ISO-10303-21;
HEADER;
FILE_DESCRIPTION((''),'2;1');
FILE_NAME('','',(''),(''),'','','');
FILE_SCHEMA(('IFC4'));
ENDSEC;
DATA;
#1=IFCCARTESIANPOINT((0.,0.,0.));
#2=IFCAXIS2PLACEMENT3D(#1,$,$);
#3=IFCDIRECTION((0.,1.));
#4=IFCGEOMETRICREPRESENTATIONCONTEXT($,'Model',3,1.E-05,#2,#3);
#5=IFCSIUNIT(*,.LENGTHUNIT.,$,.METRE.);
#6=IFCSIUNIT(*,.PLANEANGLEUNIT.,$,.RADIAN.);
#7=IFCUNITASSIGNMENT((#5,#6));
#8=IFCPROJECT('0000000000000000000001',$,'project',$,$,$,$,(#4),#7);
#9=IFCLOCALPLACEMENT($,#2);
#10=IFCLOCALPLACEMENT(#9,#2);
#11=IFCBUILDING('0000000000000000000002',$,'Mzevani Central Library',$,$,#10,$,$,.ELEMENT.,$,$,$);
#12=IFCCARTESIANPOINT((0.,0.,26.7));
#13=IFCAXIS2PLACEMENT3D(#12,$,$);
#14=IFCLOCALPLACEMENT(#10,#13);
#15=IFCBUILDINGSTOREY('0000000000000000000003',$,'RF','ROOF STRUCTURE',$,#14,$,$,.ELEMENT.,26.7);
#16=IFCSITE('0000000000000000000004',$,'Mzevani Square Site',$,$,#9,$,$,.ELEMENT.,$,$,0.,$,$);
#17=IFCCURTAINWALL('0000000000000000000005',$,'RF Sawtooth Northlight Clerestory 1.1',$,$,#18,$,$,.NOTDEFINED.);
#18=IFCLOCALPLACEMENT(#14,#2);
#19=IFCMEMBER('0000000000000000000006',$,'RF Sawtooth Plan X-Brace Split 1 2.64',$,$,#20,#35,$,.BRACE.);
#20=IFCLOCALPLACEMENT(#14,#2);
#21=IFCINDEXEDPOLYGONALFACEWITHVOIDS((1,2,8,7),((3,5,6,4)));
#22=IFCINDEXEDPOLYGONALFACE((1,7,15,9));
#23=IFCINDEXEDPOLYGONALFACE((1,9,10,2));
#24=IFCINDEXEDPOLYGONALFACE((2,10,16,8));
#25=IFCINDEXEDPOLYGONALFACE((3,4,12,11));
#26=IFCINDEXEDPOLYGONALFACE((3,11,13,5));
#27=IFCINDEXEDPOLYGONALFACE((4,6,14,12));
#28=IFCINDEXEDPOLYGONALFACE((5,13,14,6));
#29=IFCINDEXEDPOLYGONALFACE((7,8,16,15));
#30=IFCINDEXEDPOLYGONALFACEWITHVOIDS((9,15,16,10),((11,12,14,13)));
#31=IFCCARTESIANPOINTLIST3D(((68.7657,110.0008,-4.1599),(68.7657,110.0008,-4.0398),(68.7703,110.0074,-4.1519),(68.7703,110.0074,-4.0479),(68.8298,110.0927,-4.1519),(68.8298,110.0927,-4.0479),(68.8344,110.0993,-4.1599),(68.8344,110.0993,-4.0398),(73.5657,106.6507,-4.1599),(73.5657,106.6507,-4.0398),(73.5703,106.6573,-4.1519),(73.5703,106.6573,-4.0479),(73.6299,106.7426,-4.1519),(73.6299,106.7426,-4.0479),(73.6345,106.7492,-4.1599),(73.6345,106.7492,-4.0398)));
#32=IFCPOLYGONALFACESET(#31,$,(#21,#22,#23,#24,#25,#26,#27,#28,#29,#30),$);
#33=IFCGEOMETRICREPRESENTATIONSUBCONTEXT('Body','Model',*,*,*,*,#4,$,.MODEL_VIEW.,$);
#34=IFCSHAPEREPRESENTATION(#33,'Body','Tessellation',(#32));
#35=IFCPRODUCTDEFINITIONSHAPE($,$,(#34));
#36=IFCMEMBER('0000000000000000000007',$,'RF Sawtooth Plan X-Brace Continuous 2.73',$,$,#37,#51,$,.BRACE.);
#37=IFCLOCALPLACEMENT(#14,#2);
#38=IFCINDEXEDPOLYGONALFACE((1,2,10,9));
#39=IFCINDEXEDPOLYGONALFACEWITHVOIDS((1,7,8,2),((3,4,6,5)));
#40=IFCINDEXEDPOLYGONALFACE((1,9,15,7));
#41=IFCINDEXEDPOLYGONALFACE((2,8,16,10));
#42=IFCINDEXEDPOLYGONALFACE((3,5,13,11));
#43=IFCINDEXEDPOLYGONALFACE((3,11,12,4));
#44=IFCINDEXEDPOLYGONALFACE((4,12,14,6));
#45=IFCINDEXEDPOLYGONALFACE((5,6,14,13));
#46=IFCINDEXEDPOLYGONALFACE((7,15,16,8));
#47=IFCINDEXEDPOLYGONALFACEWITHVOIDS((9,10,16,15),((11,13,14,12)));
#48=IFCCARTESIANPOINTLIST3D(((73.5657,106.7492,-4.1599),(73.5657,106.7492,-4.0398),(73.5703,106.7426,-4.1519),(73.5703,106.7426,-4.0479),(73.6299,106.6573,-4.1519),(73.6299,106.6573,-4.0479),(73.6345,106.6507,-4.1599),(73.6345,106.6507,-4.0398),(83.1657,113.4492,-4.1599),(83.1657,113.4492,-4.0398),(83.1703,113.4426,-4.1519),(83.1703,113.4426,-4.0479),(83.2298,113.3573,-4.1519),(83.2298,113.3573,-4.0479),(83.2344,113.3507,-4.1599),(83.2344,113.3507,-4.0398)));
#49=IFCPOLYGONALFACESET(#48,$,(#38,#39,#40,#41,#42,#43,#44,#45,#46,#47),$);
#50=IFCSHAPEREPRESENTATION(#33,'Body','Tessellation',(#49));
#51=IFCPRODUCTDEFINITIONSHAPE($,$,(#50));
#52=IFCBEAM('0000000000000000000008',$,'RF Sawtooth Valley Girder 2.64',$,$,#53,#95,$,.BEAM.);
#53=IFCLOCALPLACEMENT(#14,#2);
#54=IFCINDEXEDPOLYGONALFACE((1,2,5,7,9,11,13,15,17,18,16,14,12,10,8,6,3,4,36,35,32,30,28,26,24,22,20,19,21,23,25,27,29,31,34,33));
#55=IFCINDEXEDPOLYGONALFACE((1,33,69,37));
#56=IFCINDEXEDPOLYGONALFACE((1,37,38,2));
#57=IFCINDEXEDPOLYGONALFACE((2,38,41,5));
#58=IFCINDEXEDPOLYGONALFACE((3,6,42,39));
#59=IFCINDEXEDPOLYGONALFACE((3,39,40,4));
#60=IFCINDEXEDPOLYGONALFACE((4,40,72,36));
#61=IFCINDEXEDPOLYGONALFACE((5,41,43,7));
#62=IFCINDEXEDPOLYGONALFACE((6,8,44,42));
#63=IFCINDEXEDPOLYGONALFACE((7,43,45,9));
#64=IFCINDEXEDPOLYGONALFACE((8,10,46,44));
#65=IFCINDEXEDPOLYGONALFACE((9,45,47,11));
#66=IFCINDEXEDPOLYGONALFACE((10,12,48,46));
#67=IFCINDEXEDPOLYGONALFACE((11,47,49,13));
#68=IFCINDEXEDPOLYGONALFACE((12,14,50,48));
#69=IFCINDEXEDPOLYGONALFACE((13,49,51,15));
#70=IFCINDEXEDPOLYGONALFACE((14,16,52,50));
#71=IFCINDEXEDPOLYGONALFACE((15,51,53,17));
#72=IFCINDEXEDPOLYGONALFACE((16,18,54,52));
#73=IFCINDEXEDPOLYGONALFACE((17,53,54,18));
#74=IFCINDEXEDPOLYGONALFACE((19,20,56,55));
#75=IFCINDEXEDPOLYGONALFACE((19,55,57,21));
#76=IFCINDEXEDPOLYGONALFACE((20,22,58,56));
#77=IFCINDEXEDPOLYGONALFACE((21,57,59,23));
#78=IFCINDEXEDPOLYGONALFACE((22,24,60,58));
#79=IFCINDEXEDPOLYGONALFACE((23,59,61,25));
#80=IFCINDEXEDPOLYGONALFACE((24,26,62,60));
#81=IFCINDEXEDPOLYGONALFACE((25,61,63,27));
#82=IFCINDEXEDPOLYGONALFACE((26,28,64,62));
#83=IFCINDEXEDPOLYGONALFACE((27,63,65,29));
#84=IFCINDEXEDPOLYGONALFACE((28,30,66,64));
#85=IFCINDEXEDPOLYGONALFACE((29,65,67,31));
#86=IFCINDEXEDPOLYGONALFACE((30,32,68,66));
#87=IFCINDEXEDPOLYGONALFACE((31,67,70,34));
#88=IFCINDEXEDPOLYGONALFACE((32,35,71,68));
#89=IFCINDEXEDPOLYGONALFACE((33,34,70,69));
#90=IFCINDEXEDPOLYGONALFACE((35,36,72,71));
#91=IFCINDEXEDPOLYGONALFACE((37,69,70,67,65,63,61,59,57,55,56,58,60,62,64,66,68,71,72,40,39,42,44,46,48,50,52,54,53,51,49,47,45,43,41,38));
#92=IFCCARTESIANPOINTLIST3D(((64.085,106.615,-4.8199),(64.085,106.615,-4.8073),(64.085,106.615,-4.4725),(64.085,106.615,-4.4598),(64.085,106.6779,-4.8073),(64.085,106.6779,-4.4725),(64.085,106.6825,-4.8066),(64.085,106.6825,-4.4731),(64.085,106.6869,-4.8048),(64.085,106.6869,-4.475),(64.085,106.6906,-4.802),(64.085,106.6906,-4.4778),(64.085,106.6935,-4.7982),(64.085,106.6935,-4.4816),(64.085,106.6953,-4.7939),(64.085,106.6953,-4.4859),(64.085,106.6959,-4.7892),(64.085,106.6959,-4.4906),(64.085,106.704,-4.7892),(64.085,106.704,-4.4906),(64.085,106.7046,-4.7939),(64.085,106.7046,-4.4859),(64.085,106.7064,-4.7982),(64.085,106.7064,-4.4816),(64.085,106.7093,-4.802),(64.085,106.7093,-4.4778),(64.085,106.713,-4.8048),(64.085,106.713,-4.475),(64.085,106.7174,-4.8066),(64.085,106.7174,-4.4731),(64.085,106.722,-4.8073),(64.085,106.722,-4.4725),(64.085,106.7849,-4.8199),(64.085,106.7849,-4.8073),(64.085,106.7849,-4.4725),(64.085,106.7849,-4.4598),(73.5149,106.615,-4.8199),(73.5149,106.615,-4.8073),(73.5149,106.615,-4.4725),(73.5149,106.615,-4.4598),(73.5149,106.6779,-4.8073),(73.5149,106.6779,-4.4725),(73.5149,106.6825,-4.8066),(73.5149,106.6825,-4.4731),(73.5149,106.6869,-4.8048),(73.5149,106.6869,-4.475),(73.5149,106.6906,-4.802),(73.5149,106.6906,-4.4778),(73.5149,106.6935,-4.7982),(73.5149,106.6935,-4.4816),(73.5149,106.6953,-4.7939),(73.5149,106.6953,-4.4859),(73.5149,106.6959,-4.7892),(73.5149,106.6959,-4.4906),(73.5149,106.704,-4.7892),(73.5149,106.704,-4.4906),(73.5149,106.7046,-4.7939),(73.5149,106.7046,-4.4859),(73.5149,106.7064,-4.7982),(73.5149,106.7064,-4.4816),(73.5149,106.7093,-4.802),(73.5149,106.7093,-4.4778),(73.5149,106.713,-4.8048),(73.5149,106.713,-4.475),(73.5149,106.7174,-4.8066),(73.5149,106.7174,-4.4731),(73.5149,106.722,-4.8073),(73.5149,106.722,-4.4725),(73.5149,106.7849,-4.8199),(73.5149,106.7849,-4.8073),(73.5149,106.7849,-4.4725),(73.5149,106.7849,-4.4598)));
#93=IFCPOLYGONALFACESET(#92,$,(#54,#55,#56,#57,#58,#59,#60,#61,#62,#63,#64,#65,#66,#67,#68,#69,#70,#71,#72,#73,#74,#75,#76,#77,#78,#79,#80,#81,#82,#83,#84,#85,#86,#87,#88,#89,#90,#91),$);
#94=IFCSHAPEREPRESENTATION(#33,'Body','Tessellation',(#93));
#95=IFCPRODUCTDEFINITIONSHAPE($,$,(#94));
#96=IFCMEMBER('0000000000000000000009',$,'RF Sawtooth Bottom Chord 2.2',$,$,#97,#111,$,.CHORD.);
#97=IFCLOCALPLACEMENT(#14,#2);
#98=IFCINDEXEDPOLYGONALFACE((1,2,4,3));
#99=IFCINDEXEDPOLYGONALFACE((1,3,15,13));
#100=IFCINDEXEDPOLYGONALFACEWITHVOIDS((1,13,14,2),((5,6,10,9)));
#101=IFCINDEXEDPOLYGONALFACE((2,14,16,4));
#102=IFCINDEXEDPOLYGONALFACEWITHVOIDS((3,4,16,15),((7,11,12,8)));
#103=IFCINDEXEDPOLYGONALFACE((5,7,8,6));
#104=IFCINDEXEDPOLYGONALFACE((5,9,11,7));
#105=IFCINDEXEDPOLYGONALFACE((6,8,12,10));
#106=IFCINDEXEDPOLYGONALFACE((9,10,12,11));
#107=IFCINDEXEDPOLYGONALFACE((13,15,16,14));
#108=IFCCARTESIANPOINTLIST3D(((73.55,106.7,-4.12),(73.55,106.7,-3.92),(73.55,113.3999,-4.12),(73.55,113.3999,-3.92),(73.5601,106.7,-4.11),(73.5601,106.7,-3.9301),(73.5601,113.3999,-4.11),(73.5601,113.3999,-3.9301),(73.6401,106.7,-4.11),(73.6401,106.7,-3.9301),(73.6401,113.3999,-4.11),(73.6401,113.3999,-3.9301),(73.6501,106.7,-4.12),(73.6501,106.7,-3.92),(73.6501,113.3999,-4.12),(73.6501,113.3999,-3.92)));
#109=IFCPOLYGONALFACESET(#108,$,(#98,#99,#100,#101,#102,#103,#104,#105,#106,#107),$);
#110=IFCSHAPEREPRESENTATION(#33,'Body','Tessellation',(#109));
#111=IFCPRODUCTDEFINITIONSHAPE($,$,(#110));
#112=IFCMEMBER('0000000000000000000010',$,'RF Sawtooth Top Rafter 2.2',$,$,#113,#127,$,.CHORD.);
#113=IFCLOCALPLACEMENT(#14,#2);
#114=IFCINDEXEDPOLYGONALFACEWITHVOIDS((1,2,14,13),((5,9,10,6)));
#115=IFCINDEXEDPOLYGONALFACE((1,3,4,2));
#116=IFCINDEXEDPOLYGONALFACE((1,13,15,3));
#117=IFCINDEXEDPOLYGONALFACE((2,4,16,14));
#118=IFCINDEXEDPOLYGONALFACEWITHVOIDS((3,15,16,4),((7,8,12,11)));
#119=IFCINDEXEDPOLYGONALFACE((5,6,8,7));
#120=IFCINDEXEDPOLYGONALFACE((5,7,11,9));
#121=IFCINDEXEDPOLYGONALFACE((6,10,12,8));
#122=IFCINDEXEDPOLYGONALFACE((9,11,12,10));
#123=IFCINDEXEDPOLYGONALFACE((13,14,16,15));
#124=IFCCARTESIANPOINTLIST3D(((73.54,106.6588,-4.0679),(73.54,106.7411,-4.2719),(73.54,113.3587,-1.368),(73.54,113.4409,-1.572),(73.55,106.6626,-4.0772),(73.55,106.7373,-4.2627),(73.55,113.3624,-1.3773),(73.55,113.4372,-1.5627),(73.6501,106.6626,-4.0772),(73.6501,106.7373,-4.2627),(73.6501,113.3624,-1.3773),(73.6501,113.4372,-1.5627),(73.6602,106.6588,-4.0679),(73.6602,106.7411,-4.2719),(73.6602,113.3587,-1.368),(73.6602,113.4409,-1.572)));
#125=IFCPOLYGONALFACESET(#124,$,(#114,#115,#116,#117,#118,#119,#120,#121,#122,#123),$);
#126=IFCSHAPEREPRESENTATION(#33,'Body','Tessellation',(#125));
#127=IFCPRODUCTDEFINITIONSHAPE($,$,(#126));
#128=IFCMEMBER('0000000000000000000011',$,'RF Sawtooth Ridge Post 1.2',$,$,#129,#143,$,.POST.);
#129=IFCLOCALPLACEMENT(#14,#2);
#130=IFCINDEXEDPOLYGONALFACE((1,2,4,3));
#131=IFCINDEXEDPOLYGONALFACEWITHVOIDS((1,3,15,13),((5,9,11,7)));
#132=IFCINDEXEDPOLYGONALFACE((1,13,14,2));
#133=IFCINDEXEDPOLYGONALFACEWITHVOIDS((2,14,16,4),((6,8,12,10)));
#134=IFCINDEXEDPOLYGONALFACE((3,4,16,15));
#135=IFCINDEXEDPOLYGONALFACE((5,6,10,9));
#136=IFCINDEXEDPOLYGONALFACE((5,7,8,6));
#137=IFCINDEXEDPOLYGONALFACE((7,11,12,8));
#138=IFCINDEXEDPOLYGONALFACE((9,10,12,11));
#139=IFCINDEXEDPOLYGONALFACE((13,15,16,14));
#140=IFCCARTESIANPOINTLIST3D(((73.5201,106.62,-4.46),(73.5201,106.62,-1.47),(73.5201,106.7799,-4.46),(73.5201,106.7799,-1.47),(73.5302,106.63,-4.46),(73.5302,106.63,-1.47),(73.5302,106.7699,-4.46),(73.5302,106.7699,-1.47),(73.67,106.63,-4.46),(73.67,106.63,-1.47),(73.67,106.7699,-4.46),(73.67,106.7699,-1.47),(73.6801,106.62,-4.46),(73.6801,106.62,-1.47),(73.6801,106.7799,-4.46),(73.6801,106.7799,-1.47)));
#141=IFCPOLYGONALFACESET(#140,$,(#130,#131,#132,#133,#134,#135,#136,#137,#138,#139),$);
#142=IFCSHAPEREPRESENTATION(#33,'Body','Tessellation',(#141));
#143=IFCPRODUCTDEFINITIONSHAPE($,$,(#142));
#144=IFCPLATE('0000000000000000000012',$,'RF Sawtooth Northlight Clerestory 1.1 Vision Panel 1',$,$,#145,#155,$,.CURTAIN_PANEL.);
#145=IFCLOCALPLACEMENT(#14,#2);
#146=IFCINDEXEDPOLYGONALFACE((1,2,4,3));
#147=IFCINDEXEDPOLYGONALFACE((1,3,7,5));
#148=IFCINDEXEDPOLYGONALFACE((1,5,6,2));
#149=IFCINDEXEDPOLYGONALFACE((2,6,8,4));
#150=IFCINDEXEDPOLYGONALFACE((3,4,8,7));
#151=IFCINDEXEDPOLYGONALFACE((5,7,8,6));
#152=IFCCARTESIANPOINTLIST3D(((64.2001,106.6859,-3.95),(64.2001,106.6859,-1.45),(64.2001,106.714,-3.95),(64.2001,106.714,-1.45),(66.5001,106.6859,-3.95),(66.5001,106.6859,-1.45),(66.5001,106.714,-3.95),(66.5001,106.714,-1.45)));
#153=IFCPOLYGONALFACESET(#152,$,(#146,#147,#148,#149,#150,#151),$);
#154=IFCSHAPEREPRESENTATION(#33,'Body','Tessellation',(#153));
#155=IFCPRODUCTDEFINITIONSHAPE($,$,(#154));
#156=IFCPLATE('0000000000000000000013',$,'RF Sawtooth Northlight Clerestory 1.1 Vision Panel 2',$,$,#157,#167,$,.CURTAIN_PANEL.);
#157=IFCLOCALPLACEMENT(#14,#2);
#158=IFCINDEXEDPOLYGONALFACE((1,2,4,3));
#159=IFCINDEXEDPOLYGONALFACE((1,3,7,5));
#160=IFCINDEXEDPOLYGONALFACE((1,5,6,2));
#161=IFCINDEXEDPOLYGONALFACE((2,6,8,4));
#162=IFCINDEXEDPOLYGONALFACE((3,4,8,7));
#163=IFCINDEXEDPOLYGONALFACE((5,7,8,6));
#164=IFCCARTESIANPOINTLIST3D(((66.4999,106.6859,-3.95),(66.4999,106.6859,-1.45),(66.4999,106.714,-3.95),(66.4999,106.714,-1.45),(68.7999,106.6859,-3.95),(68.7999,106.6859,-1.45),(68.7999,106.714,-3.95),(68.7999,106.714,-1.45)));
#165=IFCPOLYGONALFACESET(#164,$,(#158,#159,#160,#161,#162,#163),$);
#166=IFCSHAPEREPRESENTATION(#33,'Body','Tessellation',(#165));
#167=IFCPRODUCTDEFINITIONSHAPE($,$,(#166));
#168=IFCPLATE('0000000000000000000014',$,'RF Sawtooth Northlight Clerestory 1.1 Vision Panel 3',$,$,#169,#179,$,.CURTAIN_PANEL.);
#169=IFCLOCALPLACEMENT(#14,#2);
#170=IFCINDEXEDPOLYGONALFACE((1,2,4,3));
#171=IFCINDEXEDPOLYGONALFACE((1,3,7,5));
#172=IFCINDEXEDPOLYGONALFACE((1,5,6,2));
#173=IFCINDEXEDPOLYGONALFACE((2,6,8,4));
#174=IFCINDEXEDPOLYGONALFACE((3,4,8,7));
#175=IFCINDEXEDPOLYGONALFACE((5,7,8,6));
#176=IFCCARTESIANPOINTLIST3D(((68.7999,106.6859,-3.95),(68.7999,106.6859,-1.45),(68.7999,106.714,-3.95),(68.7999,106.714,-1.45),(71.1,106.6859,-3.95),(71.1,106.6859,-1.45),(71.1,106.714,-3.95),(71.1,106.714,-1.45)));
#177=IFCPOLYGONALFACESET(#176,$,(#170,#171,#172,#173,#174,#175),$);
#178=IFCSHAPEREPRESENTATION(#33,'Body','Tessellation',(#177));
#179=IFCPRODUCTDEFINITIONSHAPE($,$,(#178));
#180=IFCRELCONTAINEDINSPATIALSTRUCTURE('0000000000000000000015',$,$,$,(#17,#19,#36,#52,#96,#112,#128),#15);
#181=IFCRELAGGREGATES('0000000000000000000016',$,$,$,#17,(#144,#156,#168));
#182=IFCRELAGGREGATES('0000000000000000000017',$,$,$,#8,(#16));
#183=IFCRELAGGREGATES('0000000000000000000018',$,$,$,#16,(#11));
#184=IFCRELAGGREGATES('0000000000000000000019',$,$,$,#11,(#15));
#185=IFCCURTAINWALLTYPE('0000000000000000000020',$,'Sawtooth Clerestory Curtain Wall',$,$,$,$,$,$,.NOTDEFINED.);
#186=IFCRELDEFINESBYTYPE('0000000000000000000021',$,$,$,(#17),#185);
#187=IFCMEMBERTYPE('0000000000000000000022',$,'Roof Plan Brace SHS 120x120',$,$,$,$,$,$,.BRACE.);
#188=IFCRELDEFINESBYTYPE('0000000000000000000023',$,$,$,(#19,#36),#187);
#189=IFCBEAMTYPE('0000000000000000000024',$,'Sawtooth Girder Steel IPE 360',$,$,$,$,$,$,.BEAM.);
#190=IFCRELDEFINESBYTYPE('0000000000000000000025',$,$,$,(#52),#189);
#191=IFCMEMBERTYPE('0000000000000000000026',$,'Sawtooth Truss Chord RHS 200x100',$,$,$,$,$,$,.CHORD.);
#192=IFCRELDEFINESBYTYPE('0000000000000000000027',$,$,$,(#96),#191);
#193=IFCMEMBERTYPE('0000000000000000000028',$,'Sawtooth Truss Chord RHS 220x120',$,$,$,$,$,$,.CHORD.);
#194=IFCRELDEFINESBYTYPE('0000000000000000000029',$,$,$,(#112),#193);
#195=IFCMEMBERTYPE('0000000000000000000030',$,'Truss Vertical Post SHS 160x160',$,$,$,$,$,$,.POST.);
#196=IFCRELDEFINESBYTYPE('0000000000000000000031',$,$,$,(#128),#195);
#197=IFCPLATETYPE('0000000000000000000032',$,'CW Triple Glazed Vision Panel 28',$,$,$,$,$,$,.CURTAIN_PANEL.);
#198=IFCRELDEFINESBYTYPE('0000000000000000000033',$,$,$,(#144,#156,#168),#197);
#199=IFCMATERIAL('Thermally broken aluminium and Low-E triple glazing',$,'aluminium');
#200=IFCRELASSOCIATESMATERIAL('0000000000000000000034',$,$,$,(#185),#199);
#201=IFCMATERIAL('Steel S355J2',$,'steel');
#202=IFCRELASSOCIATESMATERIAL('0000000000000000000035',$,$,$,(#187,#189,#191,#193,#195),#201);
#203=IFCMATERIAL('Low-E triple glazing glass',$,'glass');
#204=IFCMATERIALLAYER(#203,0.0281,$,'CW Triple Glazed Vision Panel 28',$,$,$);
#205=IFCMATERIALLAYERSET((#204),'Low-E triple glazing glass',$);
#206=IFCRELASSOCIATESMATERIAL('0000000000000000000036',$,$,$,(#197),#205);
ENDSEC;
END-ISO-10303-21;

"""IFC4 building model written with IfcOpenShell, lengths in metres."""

from ifc_helpers import new_model, si_unit, direction, frame, origin, origin_2d, place, context, subcontext, project, spatial, rectangle, hollow_rectangle, i_section, extrude, material, layer, layer_set, material_profile, profile_set, type_object, element, aggregate, save


model = new_model("IFC4")

# Units and contexts
model_context = context("Model", 3, precision=1e-05, world=origin(), true_north=direction((0.0, 1.0)))
body_context = subcontext(model_context, "Body", "Model", "MODEL_VIEW")
ifc_project = project(units=[si_unit("LENGTHUNIT", "METRE"), si_unit("PLANEANGLEUNIT", "RADIAN")], contexts=[model_context])

# Site, building, storey
site_placement = place(None, origin())
site = spatial("IfcSite", under=ifc_project, at=site_placement, Name="Mzevani Square Site", CompositionType="ELEMENT", RefElevation=0.0)
building_placement = place(site_placement, origin())
building = spatial("IfcBuilding", under=site, at=building_placement, Name="Mzevani Central Library", CompositionType="ELEMENT")
storey_placement = place(building_placement, frame((0.0, 0.0, 26.7)))
storey = spatial("IfcBuildingStorey", under=building, at=storey_placement, Name="RF", Description="ROOF STRUCTURE", CompositionType="ELEMENT", Elevation=26.7)

# Curtain wall
ifc_material_1 = material(Name="Thermally broken aluminium and Low-E triple glazing", Category="aluminium")
curtain_wall_type = type_object("IfcCurtainWallType", Name="Sawtooth Clerestory Curtain Wall", PredefinedType="NOTDEFINED", material=ifc_material_1)
curtain_wall_placement = place(storey_placement, origin())
curtain_wall = element("IfcCurtainWall", 1, at=curtain_wall_placement, inside=storey, type_object=curtain_wall_type, Name="RF Sawtooth Northlight Clerestory 1.1", PredefinedType="NOTDEFINED")

# Members
ifc_material_2 = material(Name="Steel S355J2", Category="steel")
ifc_material_profile_1 = material_profile(ifc_material_2, hollow_rectangle(XDim=0.1201, YDim=0.1201, WallThickness=0.0081, at=origin_2d()), Name="SHS 120x120x8.0")
ifc_profile_set_1 = profile_set([ifc_material_profile_1], Name="Steel S355J2")
member_type_1 = type_object("IfcMemberType", Name="Roof Plan Brace SHS 120x120", PredefinedType="BRACE", material=ifc_profile_set_1)
member_1_placement = place(storey_placement, frame((73.6001, 106.7, -4.0999), z_axis=(-0.820029, 0.572323, 0.0), x_axis=(-0.572323, -0.820029, 0.0)))
element("IfcMember", 2, at=member_1_placement, inside=storey, type_object=member_type_1, Name="RF Sawtooth Plan X-Brace Split 1 2.64", PredefinedType="BRACE", context=body_context, shape_type="SweptSolid", body=[
    extrude(hollow_rectangle(XDim=0.1201, YDim=0.1201, WallThickness=0.0081, at=origin_2d()), origin(), (0.0, 0.0, 1.0), 5.8535),
])
member_2_placement = place(storey_placement, frame((73.6001, 106.7, -4.0999), z_axis=(0.820032, 0.572318, 0.0), x_axis=(-0.572318, 0.820032, 0.0)))
element("IfcMember", 3, at=member_2_placement, inside=storey, type_object=member_type_1, Name="RF Sawtooth Plan X-Brace Continuous 2.73", PredefinedType="BRACE", context=body_context, shape_type="SweptSolid", body=[
    extrude(hollow_rectangle(XDim=0.1201, YDim=0.1201, WallThickness=0.0081, at=origin_2d()), origin(), (0.0, 0.0, 1.0), 11.7068),
])

# Beam
ifc_material_profile_2 = material_profile(ifc_material_2, i_section(OverallWidth=0.1699, OverallDepth=0.3601, WebThickness=0.0081, FlangeThickness=0.0127, FilletRadius=0.0181, at=origin_2d()), Name="IPE 360")
ifc_profile_set_2 = profile_set([ifc_material_profile_2], Name="Steel S355J2")
beam_type = type_object("IfcBeamType", Name="Sawtooth Girder Steel IPE 360", PredefinedType="BEAM", material=ifc_profile_set_2)
beam_placement = place(storey_placement, frame((64.085, 106.7, -4.6399), z_axis=(1.0, 0.0, 0.0), x_axis=(0.0, 1.0, 0.0)))
element("IfcBeam", 4, at=beam_placement, inside=storey, type_object=beam_type, Name="RF Sawtooth Valley Girder 2.64", PredefinedType="BEAM", context=body_context, shape_type="SweptSolid", body=[
    extrude(i_section(OverallWidth=0.1699, OverallDepth=0.3601, WebThickness=0.0081, FlangeThickness=0.0127, FilletRadius=0.0181, at=origin_2d()), origin(), (0.0, 0.0, 1.0), 9.4299),
])

# Members
ifc_material_profile_3 = material_profile(ifc_material_2, hollow_rectangle(XDim=0.1001, YDim=0.2, WallThickness=0.01, at=origin_2d()), Name="RHS 200x100x10.0")
ifc_profile_set_3 = profile_set([ifc_material_profile_3], Name="Steel S355J2")
member_type_2 = type_object("IfcMemberType", Name="Sawtooth Truss Chord RHS 200x100", PredefinedType="CHORD", material=ifc_profile_set_3)
member_3_placement = place(storey_placement, frame((73.6001, 106.7, -4.02), z_axis=(0.0, 1.0, 0.0), x_axis=(-1.0, 0.0, 0.0)))
element("IfcMember", 5, at=member_3_placement, inside=storey, type_object=member_type_2, Name="RF Sawtooth Bottom Chord 2.2", PredefinedType="CHORD", context=body_context, shape_type="SweptSolid", body=[
    extrude(hollow_rectangle(XDim=0.1001, YDim=0.2, WallThickness=0.01, at=origin_2d()), origin(), (0.0, 0.0, 1.0), 6.7),
])
ifc_material_profile_4 = material_profile(ifc_material_2, hollow_rectangle(XDim=0.1201, YDim=0.22, WallThickness=0.01, at=origin_2d()), Name="RHS 220x120x10.0")
ifc_profile_set_4 = profile_set([ifc_material_profile_4], Name="Steel S355J2")
member_type_3 = type_object("IfcMemberType", Name="Sawtooth Truss Chord RHS 220x120", PredefinedType="CHORD", material=ifc_profile_set_4)
member_4_placement = place(storey_placement, frame((73.6001, 106.7, -4.1699), z_axis=(0.0, 0.92752, 0.373773), x_axis=(-1.0, 0.0, 0.0)))
element("IfcMember", 6, at=member_4_placement, inside=storey, type_object=member_type_3, Name="RF Sawtooth Top Rafter 2.2", PredefinedType="CHORD", context=body_context, shape_type="SweptSolid", body=[
    extrude(hollow_rectangle(XDim=0.1201, YDim=0.22, WallThickness=0.01, at=origin_2d()), origin(), (0.0, 0.0, 1.0), 7.2234),
])
ifc_material_profile_5 = material_profile(ifc_material_2, hollow_rectangle(XDim=0.1599, YDim=0.1599, WallThickness=0.01, at=origin_2d()), Name="SHS 160x160x10.0")
ifc_profile_set_5 = profile_set([ifc_material_profile_5], Name="Steel S355J2")
member_type_4 = type_object("IfcMemberType", Name="Truss Vertical Post SHS 160x160", PredefinedType="POST", material=ifc_profile_set_5)
member_5_placement = place(storey_placement, frame((73.6001, 106.7, -4.46), z_axis=(0.0, 0.0, 1.0), x_axis=(1.0, 0.0, 0.0)))
element("IfcMember", 7, at=member_5_placement, inside=storey, type_object=member_type_4, Name="RF Sawtooth Ridge Post 1.2", PredefinedType="POST", context=body_context, shape_type="SweptSolid", body=[
    extrude(hollow_rectangle(XDim=0.1599, YDim=0.1599, WallThickness=0.01, at=origin_2d()), origin(), (0.0, 0.0, 1.0), 2.99),
])

# Plates
ifc_material_3 = material(Name="Low-E triple glazing glass", Category="glass")
ifc_layer_1 = layer(ifc_material_3, 0.0281, Name="CW Triple Glazed Vision Panel 28")
ifc_layer_set_1 = layer_set([ifc_layer_1], Name="Low-E triple glazing glass")
plate_type_1 = type_object("IfcPlateType", Name="CW Triple Glazed Vision Panel 28", PredefinedType="CURTAIN_PANEL", material=ifc_layer_set_1)
plate_1_placement = place(storey_placement, frame((65.3501, 106.7, -3.95), z_axis=(0.0, 0.0, 1.0), x_axis=(1.0, 0.0, 0.0)))
plate_1 = element("IfcPlate", 8, at=plate_1_placement, type_object=plate_type_1, Name="RF Sawtooth Northlight Clerestory 1.1 Vision Panel 1", PredefinedType="CURTAIN_PANEL", context=body_context, shape_type="SweptSolid", body=[
    extrude(rectangle(XDim=2.3, YDim=0.0281, at=origin_2d()), origin(), (0.0, 0.0, 1.0), 2.5),
])
plate_2_placement = place(storey_placement, frame((67.6499, 106.7, -3.95), z_axis=(0.0, 0.0, 1.0), x_axis=(1.0, 0.0, 0.0)))
plate_2 = element("IfcPlate", 9, at=plate_2_placement, type_object=plate_type_1, Name="RF Sawtooth Northlight Clerestory 1.1 Vision Panel 2", PredefinedType="CURTAIN_PANEL", context=body_context, shape_type="SweptSolid", body=[
    extrude(rectangle(XDim=2.3, YDim=0.0281, at=origin_2d()), origin(), (0.0, 0.0, 1.0), 2.5),
])
plate_3_placement = place(storey_placement, frame((69.95, 106.7, -3.95), z_axis=(0.0, 0.0, 1.0), x_axis=(1.0, 0.0, 0.0)))
plate_3 = element("IfcPlate", 10, at=plate_3_placement, type_object=plate_type_1, Name="RF Sawtooth Northlight Clerestory 1.1 Vision Panel 3", PredefinedType="CURTAIN_PANEL", context=body_context, shape_type="SweptSolid", body=[
    extrude(rectangle(XDim=2.3, YDim=0.0281, at=origin_2d()), origin(), (0.0, 0.0, 1.0), 2.5),
])
aggregate(curtain_wall, [plate_1, plate_2, plate_3])

save(model, "model.ifc")
